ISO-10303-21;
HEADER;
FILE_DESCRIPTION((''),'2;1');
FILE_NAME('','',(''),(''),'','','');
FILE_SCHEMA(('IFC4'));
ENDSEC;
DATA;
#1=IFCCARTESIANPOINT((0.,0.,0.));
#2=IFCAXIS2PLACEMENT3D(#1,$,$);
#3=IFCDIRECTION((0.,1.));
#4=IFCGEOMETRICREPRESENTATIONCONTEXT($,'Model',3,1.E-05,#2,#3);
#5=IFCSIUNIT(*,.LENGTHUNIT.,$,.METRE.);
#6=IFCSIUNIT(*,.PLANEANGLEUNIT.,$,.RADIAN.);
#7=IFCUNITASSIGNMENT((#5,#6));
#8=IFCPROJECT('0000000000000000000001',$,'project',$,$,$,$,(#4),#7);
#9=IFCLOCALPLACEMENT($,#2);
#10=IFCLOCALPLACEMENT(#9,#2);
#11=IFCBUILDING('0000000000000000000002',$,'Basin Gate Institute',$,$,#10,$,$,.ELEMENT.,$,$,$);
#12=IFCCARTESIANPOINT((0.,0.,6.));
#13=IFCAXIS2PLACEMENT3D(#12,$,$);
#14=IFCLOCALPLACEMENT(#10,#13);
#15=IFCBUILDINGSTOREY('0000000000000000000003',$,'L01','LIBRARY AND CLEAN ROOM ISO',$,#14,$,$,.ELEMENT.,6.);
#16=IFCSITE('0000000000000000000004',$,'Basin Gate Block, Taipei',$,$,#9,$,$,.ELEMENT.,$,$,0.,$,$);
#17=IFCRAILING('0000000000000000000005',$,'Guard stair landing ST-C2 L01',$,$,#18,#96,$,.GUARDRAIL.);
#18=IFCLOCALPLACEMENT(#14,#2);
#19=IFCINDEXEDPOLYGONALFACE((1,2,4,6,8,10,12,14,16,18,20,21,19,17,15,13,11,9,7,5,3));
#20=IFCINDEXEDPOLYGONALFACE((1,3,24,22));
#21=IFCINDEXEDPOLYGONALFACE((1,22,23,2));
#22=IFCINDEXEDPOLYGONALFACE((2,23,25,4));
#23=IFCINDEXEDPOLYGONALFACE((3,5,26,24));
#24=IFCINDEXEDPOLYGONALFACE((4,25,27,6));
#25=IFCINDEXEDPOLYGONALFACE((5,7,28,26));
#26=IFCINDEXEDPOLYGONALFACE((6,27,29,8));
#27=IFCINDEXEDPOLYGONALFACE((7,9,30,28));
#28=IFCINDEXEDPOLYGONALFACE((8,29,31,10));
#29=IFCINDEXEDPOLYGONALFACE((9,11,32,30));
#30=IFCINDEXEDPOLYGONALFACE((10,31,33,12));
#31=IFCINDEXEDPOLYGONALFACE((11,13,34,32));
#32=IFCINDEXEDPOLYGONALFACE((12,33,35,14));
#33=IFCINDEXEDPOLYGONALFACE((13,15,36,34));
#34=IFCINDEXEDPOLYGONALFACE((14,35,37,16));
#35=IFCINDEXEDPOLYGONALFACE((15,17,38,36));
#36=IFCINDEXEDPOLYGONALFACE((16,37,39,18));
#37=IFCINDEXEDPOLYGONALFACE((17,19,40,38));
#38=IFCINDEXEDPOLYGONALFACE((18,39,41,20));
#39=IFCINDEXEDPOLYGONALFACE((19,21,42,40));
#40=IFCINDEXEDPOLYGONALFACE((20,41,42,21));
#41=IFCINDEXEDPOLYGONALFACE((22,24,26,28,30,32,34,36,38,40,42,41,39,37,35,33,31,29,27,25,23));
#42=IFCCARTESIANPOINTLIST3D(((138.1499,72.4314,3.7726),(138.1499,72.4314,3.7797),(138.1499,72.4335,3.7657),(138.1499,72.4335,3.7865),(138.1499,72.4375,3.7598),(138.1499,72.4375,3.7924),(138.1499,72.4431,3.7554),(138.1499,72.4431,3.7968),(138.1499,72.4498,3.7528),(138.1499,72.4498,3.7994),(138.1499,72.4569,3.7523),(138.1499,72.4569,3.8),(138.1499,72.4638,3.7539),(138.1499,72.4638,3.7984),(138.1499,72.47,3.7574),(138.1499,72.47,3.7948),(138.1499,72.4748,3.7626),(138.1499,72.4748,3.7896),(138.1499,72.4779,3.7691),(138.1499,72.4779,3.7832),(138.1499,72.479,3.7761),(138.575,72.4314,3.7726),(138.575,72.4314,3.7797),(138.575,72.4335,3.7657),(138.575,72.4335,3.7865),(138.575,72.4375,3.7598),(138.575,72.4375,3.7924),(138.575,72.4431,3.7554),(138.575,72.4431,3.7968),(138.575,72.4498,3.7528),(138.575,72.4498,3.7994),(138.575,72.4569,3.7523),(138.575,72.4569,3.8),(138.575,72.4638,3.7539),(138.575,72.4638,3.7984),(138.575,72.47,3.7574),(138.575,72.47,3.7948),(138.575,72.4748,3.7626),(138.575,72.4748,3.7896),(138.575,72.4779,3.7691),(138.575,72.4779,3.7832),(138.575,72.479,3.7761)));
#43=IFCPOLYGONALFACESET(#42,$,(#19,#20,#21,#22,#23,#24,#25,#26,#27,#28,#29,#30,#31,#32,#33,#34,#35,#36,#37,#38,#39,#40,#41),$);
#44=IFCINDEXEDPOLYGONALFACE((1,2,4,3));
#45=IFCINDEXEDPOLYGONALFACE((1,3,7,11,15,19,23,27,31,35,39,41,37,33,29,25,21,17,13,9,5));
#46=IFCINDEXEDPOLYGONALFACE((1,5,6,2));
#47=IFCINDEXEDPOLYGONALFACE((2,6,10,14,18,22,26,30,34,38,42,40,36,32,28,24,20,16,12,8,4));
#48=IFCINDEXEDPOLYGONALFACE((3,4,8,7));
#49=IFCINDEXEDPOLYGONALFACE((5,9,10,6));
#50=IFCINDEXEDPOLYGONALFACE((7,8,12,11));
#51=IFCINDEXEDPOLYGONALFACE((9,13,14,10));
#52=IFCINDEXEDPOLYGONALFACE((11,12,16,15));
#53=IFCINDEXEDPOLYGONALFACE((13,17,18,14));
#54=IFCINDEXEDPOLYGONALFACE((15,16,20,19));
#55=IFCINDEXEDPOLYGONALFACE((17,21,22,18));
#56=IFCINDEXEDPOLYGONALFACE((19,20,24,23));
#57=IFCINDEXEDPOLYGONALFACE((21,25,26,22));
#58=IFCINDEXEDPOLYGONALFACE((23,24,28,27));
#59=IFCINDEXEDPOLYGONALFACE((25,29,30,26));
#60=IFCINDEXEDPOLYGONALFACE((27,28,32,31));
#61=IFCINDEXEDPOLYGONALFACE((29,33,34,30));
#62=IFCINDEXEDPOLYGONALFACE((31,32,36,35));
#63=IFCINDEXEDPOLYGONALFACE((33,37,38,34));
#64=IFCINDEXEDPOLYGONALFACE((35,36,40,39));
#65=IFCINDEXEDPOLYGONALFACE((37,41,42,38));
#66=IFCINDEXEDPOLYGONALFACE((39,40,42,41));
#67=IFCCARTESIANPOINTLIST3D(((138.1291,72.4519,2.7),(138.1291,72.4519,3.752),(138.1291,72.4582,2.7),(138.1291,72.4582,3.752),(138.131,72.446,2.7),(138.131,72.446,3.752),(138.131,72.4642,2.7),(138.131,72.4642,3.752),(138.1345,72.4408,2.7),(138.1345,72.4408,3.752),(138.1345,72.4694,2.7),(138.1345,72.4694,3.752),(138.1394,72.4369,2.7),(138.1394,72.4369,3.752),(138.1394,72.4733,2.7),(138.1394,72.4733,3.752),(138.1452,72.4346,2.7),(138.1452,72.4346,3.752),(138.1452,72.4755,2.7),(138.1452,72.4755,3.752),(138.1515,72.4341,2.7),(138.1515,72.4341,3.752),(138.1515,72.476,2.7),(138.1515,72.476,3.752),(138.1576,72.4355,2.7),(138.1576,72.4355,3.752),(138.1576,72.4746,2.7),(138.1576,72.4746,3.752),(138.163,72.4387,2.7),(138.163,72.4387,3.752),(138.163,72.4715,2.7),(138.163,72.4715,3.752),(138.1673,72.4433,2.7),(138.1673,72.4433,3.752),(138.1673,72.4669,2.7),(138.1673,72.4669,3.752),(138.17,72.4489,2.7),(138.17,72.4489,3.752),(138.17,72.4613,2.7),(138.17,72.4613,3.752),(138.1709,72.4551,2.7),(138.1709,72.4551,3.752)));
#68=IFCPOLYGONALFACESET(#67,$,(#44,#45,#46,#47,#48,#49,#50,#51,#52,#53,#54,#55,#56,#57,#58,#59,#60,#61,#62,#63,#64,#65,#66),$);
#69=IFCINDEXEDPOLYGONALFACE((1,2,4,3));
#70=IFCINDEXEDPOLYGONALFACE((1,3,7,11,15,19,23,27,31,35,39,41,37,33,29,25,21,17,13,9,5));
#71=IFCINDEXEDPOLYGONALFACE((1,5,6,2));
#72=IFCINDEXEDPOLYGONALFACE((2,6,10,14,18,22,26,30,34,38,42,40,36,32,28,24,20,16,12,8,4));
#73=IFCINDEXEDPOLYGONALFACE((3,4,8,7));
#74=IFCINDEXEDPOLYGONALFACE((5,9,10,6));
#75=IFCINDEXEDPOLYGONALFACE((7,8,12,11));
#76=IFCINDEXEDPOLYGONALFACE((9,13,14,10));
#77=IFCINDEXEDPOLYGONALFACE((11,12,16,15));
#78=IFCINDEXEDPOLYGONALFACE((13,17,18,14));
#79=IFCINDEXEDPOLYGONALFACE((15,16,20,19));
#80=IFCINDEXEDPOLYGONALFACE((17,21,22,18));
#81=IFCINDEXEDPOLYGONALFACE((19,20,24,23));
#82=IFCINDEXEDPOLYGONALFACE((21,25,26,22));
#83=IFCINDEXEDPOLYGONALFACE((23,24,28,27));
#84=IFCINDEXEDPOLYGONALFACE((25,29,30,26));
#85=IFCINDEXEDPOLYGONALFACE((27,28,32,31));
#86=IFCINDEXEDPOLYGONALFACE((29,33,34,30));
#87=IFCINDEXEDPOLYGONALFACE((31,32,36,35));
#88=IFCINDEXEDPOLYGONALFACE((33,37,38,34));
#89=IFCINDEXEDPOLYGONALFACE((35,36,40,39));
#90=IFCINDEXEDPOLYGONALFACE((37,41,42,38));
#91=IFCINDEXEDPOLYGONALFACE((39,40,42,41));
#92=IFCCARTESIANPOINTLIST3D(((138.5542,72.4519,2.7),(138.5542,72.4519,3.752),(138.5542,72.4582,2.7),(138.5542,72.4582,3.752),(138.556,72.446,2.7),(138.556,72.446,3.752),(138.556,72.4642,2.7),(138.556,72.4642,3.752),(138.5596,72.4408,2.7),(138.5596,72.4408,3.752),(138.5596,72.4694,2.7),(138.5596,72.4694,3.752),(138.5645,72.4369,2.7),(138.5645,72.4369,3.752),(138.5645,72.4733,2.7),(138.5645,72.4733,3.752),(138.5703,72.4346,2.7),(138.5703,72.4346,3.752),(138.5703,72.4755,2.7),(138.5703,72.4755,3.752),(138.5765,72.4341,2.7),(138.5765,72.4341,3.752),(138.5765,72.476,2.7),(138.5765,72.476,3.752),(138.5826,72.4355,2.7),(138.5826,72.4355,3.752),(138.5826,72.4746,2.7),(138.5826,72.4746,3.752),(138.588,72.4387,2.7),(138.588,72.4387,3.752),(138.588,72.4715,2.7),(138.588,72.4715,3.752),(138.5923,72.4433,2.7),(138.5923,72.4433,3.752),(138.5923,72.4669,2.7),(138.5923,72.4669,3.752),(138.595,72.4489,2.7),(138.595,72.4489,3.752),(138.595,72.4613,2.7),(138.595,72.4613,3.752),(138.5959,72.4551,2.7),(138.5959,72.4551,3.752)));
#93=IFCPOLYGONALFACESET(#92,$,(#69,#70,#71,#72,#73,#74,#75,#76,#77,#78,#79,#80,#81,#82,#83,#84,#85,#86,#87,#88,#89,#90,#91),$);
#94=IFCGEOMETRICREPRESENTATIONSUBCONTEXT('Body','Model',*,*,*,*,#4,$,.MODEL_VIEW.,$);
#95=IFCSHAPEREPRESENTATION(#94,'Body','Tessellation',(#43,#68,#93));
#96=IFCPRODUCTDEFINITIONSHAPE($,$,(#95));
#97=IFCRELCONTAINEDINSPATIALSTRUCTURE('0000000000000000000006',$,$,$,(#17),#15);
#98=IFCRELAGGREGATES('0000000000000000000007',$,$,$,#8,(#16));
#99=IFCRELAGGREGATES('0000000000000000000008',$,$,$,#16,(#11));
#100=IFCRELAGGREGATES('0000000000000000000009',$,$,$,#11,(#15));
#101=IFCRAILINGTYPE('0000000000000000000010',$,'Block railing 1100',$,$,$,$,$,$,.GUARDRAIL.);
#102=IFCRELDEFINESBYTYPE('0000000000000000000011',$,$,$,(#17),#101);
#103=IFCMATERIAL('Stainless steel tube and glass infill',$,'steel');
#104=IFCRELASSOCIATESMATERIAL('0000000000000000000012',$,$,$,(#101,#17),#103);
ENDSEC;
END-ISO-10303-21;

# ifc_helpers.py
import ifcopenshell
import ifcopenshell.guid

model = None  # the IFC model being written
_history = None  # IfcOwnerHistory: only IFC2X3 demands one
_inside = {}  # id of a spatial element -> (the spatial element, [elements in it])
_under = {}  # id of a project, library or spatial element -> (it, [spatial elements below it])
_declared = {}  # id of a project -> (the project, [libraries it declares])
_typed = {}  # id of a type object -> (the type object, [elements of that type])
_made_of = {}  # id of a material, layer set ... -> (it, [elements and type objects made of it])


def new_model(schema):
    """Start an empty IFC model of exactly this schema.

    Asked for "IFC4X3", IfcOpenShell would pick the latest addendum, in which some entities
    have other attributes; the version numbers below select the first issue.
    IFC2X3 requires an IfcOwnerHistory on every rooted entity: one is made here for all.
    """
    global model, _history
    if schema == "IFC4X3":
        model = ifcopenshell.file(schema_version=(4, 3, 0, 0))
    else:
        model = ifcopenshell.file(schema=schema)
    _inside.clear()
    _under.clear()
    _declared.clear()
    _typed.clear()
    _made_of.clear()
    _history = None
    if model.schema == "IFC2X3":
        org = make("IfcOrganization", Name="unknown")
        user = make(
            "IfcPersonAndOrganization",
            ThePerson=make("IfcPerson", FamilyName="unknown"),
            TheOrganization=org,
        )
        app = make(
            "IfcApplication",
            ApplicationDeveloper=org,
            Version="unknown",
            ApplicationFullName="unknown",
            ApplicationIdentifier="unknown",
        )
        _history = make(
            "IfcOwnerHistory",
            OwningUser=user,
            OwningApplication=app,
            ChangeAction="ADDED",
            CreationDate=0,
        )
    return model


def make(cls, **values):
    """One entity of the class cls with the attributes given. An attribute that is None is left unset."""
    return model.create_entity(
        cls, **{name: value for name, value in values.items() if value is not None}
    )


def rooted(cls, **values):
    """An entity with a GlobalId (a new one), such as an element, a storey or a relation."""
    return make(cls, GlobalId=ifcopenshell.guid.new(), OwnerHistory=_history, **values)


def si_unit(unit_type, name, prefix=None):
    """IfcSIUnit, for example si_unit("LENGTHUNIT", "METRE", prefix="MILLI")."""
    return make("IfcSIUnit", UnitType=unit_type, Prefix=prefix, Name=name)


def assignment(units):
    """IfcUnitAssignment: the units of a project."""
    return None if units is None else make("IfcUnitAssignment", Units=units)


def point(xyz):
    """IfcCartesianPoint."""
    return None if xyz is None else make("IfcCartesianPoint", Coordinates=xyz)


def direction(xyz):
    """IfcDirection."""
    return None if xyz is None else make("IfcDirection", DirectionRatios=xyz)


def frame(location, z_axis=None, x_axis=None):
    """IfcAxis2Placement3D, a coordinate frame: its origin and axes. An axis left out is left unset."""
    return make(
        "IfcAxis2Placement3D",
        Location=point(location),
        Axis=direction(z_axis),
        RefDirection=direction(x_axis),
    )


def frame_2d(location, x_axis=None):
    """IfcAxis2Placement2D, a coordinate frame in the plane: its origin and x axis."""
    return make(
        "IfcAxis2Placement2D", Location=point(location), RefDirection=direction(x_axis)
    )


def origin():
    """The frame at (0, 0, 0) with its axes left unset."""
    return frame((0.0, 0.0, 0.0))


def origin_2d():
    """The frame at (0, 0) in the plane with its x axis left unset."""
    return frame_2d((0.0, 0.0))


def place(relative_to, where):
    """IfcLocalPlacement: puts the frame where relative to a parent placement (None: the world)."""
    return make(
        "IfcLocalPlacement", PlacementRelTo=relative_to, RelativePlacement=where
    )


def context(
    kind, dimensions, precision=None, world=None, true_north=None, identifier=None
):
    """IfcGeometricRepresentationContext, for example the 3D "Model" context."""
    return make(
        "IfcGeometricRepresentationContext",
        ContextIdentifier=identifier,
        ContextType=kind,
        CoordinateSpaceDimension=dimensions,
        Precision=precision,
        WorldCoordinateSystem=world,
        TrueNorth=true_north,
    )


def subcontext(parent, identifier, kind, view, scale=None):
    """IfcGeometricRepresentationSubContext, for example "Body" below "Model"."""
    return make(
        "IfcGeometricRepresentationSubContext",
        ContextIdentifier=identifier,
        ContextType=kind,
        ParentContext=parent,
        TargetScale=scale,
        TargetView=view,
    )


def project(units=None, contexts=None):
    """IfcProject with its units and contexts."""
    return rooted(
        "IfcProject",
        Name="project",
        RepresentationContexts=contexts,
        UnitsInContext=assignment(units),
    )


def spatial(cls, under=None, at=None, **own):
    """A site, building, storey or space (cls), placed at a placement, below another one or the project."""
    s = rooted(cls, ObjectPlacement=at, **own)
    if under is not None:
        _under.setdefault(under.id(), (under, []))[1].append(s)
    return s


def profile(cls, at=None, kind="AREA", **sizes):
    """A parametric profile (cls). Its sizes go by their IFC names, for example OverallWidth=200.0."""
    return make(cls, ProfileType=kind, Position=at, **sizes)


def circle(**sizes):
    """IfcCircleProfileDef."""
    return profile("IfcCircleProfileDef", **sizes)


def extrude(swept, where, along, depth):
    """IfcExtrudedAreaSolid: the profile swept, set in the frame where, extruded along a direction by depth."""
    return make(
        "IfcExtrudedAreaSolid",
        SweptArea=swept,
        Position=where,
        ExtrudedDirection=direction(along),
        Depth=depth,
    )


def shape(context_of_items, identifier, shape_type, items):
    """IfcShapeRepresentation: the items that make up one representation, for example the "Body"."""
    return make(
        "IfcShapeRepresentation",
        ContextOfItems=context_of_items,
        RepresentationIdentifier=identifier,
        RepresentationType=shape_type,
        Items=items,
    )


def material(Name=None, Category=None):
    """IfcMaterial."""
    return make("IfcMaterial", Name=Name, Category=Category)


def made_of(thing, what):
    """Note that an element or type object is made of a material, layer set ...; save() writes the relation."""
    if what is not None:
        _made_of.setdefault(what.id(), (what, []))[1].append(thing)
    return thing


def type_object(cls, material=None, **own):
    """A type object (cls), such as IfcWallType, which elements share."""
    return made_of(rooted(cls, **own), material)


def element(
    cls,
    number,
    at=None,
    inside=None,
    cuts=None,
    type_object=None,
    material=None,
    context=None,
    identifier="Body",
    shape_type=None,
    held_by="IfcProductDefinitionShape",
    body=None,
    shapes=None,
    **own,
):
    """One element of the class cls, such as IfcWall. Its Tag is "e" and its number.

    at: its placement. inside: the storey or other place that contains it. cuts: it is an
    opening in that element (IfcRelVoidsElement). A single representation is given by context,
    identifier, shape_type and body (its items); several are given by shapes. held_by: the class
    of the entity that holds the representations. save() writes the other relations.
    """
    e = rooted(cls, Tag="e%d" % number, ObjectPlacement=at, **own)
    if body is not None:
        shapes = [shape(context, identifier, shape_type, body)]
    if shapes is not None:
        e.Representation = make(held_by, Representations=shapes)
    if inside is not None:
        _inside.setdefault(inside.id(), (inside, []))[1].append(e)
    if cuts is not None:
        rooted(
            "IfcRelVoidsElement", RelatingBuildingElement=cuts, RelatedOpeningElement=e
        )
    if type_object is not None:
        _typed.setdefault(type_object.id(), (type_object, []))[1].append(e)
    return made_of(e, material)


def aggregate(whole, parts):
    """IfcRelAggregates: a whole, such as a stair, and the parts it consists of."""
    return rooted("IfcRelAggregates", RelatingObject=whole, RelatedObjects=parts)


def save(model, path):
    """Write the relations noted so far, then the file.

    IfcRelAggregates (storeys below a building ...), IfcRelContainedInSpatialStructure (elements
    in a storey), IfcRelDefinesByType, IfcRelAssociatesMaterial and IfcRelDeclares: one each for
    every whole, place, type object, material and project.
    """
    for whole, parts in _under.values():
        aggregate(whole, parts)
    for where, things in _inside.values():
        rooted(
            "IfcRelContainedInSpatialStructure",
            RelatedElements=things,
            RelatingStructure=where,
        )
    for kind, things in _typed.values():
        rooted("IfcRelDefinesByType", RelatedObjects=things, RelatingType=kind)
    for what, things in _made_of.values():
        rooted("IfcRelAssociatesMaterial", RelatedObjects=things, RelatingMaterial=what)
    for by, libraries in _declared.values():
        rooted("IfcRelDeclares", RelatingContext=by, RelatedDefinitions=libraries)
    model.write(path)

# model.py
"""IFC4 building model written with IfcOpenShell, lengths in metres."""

from ifc_helpers import new_model, si_unit, direction, frame, origin, origin_2d, place, context, subcontext, project, spatial, circle, extrude, material, type_object, element, save


model = new_model("IFC4")

# Units and contexts
model_context = context("Model", 3, precision=1e-05, world=origin(), true_north=direction((0.0, 1.0)))
body_context = subcontext(model_context, "Body", "Model", "MODEL_VIEW")
ifc_project = project(units=[si_unit("LENGTHUNIT", "METRE"), si_unit("PLANEANGLEUNIT", "RADIAN")], contexts=[model_context])

# Site, building, storey
site_placement = place(None, origin())
site = spatial("IfcSite", under=ifc_project, at=site_placement, Name="Basin Gate Block, Taipei", CompositionType="ELEMENT", RefElevation=0.0)
building_placement = place(site_placement, origin())
building = spatial("IfcBuilding", under=site, at=building_placement, Name="Basin Gate Institute", CompositionType="ELEMENT")
storey_placement = place(building_placement, frame((0.0, 0.0, 6.0)))
storey = spatial("IfcBuildingStorey", under=building, at=storey_placement, Name="L01", Description="LIBRARY AND CLEAN ROOM ISO", CompositionType="ELEMENT", Elevation=6.0)

# Railing
ifc_material_1 = material(Name="Stainless steel tube and glass infill", Category="steel")
railing_type_1 = type_object("IfcRailingType", Name="Block railing 1100", PredefinedType="GUARDRAIL", material=ifc_material_1)
for number, where, name in (
    (1, (138.1499, 72.4551, 2.7), "Guard stair landing ST-C2 L01"),
):
    element("IfcRailing", number, at=place(storey_placement, frame(where)), inside=storey, type_object=railing_type_1, material=ifc_material_1, Name=name, PredefinedType="GUARDRAIL", context=body_context, shape_type="SweptSolid", body=[
        extrude(circle(Radius=0.0239, at=origin_2d()), frame((0.0, 0.0, 1.0762), z_axis=(1.0, 0.0, 0.0), x_axis=(0.0, 1.0, 0.0)), (0.0, 0.0, 1.0), 0.425),
        extrude(circle(Radius=0.021, at=origin_2d()), origin(), (0.0, 0.0, 1.0), 1.052),
        extrude(circle(Radius=0.021, at=origin_2d()), frame((0.425, 0.0, 0.0)), (0.0, 0.0, 1.0), 1.052),
    ])

save(model, "model.ifc")
